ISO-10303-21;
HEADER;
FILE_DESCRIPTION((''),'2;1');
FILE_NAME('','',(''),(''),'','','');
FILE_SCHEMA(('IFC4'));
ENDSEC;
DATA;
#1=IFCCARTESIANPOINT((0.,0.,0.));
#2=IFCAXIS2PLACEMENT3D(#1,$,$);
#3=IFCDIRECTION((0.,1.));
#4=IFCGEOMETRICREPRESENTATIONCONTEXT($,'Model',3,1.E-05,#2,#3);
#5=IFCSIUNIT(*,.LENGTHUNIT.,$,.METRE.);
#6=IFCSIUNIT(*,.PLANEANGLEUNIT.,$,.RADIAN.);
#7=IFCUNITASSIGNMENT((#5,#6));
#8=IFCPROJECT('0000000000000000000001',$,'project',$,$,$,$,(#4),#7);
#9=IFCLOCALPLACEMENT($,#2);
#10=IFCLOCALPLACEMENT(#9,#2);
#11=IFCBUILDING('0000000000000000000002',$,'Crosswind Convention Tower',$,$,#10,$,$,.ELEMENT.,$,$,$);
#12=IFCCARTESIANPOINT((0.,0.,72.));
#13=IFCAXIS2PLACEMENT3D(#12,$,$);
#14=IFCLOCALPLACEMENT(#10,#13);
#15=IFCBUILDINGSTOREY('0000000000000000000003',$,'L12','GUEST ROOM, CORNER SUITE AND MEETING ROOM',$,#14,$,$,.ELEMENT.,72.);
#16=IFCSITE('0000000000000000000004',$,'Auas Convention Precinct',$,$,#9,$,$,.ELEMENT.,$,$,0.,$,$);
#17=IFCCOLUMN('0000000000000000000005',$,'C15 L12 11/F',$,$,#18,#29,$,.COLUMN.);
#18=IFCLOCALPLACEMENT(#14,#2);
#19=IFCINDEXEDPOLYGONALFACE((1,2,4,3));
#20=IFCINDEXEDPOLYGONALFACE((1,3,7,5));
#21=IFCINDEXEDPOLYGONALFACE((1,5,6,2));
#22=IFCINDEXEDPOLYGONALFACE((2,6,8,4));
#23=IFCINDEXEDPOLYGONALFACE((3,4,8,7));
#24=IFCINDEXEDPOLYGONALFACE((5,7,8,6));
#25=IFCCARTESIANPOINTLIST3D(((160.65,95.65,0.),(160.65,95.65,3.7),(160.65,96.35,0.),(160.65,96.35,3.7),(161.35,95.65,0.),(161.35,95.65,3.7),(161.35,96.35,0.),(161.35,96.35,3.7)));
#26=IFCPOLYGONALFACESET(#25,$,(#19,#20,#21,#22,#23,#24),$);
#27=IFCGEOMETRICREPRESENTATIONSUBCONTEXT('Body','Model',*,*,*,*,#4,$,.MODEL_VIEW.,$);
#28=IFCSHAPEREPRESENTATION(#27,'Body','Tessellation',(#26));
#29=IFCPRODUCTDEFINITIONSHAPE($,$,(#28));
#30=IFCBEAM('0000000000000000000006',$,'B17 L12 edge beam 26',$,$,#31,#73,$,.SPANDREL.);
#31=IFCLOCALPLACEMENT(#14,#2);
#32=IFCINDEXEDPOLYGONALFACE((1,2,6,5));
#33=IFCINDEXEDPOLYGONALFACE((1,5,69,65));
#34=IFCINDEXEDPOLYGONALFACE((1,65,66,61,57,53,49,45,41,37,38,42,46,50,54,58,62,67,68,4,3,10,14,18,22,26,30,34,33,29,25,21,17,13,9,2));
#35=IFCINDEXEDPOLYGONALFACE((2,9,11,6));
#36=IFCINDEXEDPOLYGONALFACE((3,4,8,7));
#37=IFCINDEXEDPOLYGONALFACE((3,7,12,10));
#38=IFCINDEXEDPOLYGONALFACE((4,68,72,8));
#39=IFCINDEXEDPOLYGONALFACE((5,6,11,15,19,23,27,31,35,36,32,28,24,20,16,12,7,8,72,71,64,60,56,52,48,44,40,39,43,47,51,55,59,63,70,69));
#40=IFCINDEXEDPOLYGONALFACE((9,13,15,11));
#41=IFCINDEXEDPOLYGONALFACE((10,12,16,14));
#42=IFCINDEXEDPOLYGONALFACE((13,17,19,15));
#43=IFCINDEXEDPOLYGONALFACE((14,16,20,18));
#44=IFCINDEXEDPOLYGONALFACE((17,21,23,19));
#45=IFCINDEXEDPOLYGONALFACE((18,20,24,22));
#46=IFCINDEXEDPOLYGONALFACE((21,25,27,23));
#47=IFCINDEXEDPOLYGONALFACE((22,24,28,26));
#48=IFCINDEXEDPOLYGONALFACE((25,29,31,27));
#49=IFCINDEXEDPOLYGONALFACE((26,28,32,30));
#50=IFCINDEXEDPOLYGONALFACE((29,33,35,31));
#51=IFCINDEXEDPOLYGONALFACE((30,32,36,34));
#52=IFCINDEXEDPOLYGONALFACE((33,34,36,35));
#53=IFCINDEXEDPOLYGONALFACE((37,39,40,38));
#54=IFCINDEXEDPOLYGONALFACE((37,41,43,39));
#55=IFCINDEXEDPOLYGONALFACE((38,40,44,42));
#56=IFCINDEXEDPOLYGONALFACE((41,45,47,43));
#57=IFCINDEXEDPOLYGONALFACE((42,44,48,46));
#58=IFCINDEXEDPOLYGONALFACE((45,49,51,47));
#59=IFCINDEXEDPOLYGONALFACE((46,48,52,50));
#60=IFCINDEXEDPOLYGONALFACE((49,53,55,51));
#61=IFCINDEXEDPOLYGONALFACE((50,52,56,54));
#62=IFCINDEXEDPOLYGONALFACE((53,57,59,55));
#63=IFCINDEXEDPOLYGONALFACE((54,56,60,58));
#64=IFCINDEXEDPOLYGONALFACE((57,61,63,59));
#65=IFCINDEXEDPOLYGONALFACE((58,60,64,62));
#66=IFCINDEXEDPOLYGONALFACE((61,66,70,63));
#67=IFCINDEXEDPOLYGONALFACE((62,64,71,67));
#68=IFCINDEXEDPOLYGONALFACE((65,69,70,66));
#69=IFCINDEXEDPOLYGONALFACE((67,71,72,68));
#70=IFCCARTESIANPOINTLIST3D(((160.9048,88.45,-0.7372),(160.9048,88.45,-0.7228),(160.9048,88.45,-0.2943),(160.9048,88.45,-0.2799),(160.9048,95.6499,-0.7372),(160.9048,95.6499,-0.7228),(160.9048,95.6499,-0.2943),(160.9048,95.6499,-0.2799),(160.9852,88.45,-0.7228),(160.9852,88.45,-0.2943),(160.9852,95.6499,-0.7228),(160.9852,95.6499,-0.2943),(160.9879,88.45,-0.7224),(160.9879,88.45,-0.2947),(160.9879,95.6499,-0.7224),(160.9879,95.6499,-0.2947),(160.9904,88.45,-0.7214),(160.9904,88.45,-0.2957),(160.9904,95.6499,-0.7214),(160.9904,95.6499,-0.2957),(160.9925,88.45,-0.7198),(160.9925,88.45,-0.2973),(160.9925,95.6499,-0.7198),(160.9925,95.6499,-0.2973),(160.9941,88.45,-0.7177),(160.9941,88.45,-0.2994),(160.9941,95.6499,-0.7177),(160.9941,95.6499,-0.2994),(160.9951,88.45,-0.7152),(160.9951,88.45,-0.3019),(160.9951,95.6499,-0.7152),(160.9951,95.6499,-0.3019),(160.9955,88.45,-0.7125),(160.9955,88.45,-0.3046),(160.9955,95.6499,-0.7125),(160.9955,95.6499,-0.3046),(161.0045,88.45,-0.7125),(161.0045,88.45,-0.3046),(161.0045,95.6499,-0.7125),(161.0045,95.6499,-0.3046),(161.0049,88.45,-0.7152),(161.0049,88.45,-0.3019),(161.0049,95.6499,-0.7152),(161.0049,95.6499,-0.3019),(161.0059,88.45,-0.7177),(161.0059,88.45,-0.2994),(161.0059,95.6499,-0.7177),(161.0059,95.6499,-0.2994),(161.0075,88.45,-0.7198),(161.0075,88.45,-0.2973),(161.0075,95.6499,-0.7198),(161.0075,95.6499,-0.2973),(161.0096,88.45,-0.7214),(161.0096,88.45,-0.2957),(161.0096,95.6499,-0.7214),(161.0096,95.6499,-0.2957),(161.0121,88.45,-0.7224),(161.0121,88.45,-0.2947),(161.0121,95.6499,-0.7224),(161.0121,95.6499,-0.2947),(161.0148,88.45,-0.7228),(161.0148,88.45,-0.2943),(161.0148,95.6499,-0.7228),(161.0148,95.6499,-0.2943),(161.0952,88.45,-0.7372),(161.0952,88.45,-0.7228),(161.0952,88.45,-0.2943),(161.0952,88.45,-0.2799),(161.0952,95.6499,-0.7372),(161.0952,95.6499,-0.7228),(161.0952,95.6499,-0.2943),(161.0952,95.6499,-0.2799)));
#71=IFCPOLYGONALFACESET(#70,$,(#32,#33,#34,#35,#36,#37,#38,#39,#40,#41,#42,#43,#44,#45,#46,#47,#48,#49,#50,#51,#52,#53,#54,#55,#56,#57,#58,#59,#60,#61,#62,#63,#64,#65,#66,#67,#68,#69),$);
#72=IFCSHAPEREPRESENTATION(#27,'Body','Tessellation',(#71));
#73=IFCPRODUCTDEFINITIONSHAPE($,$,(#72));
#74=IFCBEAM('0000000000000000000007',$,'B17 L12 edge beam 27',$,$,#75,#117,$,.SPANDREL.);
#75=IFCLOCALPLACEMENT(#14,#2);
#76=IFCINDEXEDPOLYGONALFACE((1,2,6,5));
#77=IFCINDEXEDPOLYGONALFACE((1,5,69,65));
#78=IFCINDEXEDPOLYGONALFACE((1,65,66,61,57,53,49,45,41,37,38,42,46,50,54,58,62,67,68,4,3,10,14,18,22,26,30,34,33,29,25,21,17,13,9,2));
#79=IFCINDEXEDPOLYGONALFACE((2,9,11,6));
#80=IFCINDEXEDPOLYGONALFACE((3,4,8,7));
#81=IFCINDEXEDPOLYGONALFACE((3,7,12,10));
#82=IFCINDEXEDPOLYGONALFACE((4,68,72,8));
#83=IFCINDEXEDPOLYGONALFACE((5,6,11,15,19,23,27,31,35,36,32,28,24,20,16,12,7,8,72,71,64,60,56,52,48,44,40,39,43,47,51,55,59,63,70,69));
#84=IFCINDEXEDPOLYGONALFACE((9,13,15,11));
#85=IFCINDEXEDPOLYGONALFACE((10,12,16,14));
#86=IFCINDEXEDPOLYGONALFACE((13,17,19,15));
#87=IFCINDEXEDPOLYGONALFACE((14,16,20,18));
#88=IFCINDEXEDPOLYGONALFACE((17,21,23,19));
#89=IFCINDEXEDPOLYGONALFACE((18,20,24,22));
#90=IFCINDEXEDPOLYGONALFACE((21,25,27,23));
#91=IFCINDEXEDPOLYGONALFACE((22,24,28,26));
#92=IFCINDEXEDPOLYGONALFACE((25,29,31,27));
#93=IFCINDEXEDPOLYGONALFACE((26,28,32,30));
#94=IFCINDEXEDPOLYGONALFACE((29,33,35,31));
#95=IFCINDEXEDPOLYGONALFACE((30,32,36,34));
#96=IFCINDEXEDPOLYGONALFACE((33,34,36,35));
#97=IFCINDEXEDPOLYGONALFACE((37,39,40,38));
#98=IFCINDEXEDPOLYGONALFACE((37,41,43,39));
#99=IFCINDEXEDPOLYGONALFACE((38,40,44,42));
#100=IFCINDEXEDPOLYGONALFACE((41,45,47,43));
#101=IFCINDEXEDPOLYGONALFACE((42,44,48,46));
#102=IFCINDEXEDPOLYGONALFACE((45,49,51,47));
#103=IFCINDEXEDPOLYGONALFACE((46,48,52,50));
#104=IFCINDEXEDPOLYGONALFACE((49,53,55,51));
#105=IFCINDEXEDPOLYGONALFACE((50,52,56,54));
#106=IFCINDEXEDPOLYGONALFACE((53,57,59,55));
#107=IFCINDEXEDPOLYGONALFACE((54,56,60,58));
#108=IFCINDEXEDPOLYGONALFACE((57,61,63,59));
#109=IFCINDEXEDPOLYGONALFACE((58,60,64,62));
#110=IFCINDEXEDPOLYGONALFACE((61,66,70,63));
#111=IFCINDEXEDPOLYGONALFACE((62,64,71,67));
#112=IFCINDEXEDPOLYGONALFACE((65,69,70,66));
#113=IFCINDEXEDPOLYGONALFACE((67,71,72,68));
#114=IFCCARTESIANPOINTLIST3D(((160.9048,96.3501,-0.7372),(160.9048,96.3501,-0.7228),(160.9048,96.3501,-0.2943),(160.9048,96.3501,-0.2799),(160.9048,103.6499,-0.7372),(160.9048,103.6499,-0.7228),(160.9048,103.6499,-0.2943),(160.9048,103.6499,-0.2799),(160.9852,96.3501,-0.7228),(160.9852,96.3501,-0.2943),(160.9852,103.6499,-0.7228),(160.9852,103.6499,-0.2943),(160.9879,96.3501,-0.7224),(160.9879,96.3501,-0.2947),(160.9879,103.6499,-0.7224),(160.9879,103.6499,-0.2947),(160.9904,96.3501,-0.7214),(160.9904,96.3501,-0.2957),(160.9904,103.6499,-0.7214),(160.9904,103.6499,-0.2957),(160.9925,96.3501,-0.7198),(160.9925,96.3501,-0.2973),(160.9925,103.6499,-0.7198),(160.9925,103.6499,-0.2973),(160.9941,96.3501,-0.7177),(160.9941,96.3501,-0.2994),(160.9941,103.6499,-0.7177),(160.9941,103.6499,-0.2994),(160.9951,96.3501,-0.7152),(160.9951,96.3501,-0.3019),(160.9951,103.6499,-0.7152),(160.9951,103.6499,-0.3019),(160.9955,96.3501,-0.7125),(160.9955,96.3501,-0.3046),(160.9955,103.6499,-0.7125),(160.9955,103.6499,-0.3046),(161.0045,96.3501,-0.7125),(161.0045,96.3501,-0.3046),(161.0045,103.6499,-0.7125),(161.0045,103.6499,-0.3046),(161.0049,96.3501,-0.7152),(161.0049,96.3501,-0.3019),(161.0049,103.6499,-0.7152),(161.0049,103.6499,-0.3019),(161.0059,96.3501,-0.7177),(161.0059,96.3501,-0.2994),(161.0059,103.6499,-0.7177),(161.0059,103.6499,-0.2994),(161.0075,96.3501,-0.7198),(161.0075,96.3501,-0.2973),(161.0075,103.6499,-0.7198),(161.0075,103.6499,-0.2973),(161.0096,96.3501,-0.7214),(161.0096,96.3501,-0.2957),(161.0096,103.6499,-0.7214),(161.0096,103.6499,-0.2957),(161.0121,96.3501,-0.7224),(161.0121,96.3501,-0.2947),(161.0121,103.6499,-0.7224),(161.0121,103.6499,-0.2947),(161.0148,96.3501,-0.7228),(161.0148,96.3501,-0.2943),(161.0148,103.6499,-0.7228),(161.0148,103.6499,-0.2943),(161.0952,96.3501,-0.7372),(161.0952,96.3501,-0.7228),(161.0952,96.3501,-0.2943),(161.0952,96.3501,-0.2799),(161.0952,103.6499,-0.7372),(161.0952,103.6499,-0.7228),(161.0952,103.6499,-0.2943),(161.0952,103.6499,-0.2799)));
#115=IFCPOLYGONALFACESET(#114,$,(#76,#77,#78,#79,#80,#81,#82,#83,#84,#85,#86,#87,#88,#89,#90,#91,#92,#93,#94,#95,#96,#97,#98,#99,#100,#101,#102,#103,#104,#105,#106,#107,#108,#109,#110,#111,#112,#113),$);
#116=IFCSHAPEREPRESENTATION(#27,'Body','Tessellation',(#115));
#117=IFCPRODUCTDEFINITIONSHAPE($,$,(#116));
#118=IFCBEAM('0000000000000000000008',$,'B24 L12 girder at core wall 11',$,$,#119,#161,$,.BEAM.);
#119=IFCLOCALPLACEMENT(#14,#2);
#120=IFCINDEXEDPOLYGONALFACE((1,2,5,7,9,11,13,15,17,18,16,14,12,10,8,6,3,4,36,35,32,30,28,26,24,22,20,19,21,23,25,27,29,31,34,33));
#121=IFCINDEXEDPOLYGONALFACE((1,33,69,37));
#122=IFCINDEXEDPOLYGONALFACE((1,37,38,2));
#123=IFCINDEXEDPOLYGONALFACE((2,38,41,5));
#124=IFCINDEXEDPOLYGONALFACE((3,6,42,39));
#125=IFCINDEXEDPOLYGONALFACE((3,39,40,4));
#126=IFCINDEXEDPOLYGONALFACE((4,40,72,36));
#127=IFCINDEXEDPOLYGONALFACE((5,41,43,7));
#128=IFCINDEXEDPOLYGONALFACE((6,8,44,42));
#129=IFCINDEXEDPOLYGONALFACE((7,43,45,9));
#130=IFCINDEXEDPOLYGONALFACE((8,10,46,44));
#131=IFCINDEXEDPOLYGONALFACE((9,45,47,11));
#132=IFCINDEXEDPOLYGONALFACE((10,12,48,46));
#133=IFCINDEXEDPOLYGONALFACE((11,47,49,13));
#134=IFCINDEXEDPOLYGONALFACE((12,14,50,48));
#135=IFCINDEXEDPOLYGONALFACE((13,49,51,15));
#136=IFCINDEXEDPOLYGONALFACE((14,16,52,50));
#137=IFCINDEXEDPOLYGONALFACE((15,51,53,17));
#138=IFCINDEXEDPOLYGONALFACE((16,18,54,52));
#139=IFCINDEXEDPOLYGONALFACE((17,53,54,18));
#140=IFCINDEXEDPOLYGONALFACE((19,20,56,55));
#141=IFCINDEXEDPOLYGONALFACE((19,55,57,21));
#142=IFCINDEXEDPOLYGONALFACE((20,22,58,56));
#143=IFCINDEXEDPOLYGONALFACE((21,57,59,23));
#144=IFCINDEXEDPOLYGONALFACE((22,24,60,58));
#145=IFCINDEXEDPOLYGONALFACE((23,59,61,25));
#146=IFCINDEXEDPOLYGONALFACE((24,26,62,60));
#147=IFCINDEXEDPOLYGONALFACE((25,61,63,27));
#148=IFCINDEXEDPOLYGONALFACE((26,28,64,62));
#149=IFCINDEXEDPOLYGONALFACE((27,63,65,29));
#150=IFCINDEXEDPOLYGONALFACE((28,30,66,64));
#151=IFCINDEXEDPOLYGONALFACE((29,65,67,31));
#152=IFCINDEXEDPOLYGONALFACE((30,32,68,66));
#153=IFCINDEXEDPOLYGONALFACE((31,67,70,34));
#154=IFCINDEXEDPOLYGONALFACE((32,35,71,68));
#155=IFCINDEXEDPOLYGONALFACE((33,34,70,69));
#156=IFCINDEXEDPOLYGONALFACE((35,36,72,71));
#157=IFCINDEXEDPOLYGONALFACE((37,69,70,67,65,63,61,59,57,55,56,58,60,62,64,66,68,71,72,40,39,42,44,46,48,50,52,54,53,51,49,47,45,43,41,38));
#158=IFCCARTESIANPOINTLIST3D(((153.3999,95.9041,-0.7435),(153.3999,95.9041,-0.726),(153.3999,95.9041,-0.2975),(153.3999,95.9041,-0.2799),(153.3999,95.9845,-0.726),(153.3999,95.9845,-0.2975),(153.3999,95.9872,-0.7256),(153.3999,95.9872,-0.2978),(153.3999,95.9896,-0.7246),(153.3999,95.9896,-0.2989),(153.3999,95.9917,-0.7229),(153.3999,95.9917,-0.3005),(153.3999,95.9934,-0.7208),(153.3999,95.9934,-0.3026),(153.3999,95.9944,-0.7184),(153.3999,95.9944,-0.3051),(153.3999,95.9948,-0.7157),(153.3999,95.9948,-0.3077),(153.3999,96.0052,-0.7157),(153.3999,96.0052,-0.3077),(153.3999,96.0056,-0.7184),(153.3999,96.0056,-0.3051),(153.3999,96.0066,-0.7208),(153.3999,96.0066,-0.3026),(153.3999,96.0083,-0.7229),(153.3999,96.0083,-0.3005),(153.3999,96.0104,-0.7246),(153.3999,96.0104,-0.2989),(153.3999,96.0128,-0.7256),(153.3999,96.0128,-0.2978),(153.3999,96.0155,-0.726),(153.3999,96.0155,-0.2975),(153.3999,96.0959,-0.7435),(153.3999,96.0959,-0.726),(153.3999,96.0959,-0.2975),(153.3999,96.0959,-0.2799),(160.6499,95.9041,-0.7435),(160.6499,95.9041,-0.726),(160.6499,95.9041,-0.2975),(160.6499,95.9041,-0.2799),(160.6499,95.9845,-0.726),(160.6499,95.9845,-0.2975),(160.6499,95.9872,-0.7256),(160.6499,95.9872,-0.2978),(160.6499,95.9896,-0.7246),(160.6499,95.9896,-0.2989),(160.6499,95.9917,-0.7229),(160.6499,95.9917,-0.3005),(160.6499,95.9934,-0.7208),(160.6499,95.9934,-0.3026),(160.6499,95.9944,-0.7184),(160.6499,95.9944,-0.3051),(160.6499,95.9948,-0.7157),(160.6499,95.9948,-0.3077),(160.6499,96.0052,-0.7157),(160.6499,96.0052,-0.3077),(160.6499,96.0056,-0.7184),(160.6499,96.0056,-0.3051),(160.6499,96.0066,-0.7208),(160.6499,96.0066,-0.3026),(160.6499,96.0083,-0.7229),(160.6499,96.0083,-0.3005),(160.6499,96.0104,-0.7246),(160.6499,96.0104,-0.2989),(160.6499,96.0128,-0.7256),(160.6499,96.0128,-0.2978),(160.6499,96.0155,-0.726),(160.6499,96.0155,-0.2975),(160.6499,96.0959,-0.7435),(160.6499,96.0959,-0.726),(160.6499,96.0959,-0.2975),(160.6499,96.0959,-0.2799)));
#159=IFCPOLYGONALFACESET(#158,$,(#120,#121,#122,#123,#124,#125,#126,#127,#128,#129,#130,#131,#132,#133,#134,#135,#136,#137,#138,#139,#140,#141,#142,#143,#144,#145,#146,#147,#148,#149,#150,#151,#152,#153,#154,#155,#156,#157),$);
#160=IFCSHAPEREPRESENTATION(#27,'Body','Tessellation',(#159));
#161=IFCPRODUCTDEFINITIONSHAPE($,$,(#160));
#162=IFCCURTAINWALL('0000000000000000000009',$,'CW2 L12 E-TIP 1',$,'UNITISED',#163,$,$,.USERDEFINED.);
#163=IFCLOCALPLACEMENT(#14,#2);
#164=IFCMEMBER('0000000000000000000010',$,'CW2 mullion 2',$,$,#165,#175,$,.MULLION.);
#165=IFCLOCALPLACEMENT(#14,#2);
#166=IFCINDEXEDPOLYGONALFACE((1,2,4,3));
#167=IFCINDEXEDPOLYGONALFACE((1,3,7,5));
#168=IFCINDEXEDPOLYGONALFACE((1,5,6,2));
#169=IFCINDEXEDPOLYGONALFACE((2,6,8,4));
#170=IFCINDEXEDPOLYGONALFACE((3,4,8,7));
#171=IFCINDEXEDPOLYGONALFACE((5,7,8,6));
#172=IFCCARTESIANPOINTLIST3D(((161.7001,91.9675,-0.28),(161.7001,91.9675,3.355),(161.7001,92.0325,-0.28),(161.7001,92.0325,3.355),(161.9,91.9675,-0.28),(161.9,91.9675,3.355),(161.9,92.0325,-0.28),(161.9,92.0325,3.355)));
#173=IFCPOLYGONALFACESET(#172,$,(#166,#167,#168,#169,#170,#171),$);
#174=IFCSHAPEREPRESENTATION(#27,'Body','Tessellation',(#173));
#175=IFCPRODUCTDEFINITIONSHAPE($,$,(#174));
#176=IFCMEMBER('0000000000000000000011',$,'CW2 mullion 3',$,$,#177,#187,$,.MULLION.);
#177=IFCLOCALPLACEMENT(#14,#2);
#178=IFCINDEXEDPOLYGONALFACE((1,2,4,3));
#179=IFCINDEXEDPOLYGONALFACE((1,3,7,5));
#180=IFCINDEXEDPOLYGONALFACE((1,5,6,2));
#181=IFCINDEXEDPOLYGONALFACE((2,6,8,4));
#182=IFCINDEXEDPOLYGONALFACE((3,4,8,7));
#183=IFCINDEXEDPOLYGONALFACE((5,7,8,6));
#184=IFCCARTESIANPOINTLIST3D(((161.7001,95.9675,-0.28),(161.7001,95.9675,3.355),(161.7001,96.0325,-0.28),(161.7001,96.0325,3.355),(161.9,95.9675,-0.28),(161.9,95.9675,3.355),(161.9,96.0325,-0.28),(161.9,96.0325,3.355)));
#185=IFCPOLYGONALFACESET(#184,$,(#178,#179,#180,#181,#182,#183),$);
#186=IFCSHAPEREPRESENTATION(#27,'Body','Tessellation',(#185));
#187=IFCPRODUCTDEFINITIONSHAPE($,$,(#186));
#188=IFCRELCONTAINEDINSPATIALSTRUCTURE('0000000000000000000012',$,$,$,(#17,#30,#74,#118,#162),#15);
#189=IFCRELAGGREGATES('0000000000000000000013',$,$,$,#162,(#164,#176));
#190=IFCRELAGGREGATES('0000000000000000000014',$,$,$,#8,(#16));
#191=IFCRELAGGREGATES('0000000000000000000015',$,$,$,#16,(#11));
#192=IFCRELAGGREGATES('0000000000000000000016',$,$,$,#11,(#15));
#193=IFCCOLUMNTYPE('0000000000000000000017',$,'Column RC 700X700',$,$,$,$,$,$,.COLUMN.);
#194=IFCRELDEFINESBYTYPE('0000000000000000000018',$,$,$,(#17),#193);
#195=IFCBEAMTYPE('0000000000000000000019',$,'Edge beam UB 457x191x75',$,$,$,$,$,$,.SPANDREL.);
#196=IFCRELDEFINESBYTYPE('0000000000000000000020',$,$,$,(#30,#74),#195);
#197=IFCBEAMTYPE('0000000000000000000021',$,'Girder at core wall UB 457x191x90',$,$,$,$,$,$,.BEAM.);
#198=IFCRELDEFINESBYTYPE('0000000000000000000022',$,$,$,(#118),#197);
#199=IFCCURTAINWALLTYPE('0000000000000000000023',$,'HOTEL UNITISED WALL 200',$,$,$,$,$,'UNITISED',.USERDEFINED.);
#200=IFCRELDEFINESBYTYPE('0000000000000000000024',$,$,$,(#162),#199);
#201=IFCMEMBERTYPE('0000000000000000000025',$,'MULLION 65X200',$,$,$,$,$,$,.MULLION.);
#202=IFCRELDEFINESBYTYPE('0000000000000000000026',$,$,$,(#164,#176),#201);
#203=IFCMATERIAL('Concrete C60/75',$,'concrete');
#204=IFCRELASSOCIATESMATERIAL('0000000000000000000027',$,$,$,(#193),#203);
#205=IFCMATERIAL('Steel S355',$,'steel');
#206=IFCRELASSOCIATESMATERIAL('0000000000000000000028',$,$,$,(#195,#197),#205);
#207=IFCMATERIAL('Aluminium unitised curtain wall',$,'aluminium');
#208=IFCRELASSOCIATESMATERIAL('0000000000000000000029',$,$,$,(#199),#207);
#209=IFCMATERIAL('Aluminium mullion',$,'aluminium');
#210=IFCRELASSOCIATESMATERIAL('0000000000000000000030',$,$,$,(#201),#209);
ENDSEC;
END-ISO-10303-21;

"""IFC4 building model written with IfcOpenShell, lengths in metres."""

from ifc_helpers import new_model, si_unit, direction, frame, origin, origin_2d, place, context, subcontext, project, spatial, rectangle, i_section, extrude, material, material_profile, profile_set, type_object, element, aggregate, save


model = new_model("IFC4")

# Units and contexts
model_context = context("Model", 3, precision=1e-05, world=origin(), true_north=direction((0.0, 1.0)))
body_context = subcontext(model_context, "Body", "Model", "MODEL_VIEW")
ifc_project = project(units=[si_unit("LENGTHUNIT", "METRE"), si_unit("PLANEANGLEUNIT", "RADIAN")], contexts=[model_context])

# Site, building, storey
site_placement = place(None, origin())
site = spatial("IfcSite", under=ifc_project, at=site_placement, Name="Auas Convention Precinct", CompositionType="ELEMENT", RefElevation=0.0)
building_placement = place(site_placement, origin())
building = spatial("IfcBuilding", under=site, at=building_placement, Name="Crosswind Convention Tower", CompositionType="ELEMENT")
storey_placement = place(building_placement, frame((0.0, 0.0, 72.0)))
storey = spatial("IfcBuildingStorey", under=building, at=storey_placement, Name="L12", Description="GUEST ROOM, CORNER SUITE AND MEETING ROOM", CompositionType="ELEMENT", Elevation=72.0)

# Column
ifc_material_1 = material(Name="Concrete C60/75", Category="concrete")
ifc_material_profile_1 = material_profile(ifc_material_1, rectangle(XDim=0.7, YDim=0.7, at=origin_2d()), Name="RC 700X700")
ifc_profile_set_1 = profile_set([ifc_material_profile_1], Name="Concrete C60/75")
column_type = type_object("IfcColumnType", Name="Column RC 700X700", PredefinedType="COLUMN", material=ifc_profile_set_1)
column_placement = place(storey_placement, frame((161.0, 96.0, 0.0), z_axis=(0.0, 0.0, 1.0), x_axis=(1.0, 0.0, 0.0)))
element("IfcColumn", 1, at=column_placement, inside=storey, type_object=column_type, Name="C15 L12 11/F", PredefinedType="COLUMN", context=body_context, shape_type="SweptSolid", body=[
    extrude(rectangle(XDim=0.7, YDim=0.7, at=origin_2d()), origin(), (0.0, 0.0, 1.0), 3.7),
])

# Beams
ifc_material_2 = material(Name="Steel S355", Category="steel")
ifc_material_profile_2 = material_profile(ifc_material_2, i_section(OverallWidth=0.1904, OverallDepth=0.4573, WebThickness=0.009, FlangeThickness=0.0144, FilletRadius=0.0103, at=origin_2d()), Name="UB 457x191x75")
ifc_profile_set_2 = profile_set([ifc_material_profile_2], Name="Steel S355")
beam_type_1 = type_object("IfcBeamType", Name="Edge beam UB 457x191x75", PredefinedType="SPANDREL", material=ifc_profile_set_2)
beam_1_placement = place(storey_placement, frame((161.0, 88.45, -0.5085), z_axis=(0.0, 1.0, 0.0), x_axis=(-1.0, 0.0, 0.0)))
element("IfcBeam", 2, at=beam_1_placement, inside=storey, type_object=beam_type_1, Name="B17 L12 edge beam 26", PredefinedType="SPANDREL", context=body_context, shape_type="SweptSolid", body=[
    extrude(i_section(OverallWidth=0.1904, OverallDepth=0.4573, WebThickness=0.009, FlangeThickness=0.0144, FilletRadius=0.0103, at=origin_2d()), origin(), (0.0, 0.0, 1.0), 7.2),
])
beam_2_placement = place(storey_placement, frame((161.0, 96.3501, -0.5085), z_axis=(0.0, 1.0, 0.0), x_axis=(-1.0, 0.0, 0.0)))
element("IfcBeam", 3, at=beam_2_placement, inside=storey, type_object=beam_type_1, Name="B17 L12 edge beam 27", PredefinedType="SPANDREL", context=body_context, shape_type="SweptSolid", body=[
    extrude(i_section(OverallWidth=0.1904, OverallDepth=0.4573, WebThickness=0.009, FlangeThickness=0.0144, FilletRadius=0.0103, at=origin_2d()), origin(), (0.0, 0.0, 1.0), 7.2998),
])
ifc_material_profile_3 = material_profile(ifc_material_2, i_section(OverallWidth=0.1919, OverallDepth=0.4636, WebThickness=0.0105, FlangeThickness=0.0176, FilletRadius=0.0103, at=origin_2d()), Name="UB 457x191x90")
ifc_profile_set_3 = profile_set([ifc_material_profile_3], Name="Steel S355")
beam_type_2 = type_object("IfcBeamType", Name="Girder at core wall UB 457x191x90", PredefinedType="BEAM", material=ifc_profile_set_3)
beam_3_placement = place(storey_placement, frame((153.3999, 96.0, -0.5117), z_axis=(1.0, 0.0, 0.0), x_axis=(0.0, 1.0, 0.0)))
element("IfcBeam", 4, at=beam_3_placement, inside=storey, type_object=beam_type_2, Name="B24 L12 girder at core wall 11", PredefinedType="BEAM", context=body_context, shape_type="SweptSolid", body=[
    extrude(i_section(OverallWidth=0.1919, OverallDepth=0.4636, WebThickness=0.0105, FlangeThickness=0.0176, FilletRadius=0.0103, at=origin_2d()), origin(), (0.0, 0.0, 1.0), 7.25),
])

# Curtain wall, members
ifc_material_3 = material(Name="Aluminium unitised curtain wall", Category="aluminium")
curtain_wall_type = type_object("IfcCurtainWallType", Name="HOTEL UNITISED WALL 200", ElementType="UNITISED", PredefinedType="USERDEFINED", material=ifc_material_3)
curtain_wall_placement = place(storey_placement, origin())
curtain_wall = element("IfcCurtainWall", 5, at=curtain_wall_placement, inside=storey, type_object=curtain_wall_type, Name="CW2 L12 E-TIP 1", ObjectType="UNITISED", PredefinedType="USERDEFINED")
ifc_material_4 = material(Name="Aluminium mullion", Category="aluminium")
ifc_material_profile_4 = material_profile(ifc_material_4, rectangle(XDim=0.2, YDim=0.0649, at=origin_2d()), Name="AL 200X65")
ifc_profile_set_4 = profile_set([ifc_material_profile_4], Name="Aluminium mullion")
member_type = type_object("IfcMemberType", Name="MULLION 65X200", PredefinedType="MULLION", material=ifc_profile_set_4)
member_1_placement = place(storey_placement, frame((161.8, 92.0, -0.28), z_axis=(0.0, 0.0, 1.0), x_axis=(1.0, 0.0, 0.0)))
member_1 = element("IfcMember", 6, at=member_1_placement, type_object=member_type, Name="CW2 mullion 2", PredefinedType="MULLION", context=body_context, shape_type="SweptSolid", body=[
    extrude(rectangle(XDim=0.2, YDim=0.0649, at=origin_2d()), origin(), (0.0, 0.0, 1.0), 3.635),
])
member_2_placement = place(storey_placement, frame((161.8, 96.0, -0.28), z_axis=(0.0, 0.0, 1.0), x_axis=(1.0, 0.0, 0.0)))
member_2 = element("IfcMember", 7, at=member_2_placement, type_object=member_type, Name="CW2 mullion 3", PredefinedType="MULLION", context=body_context, shape_type="SweptSolid", body=[
    extrude(rectangle(XDim=0.2, YDim=0.0649, at=origin_2d()), origin(), (0.0, 0.0, 1.0), 3.635),
])
aggregate(curtain_wall, [member_1, member_2])

save(model, "model.ifc")
